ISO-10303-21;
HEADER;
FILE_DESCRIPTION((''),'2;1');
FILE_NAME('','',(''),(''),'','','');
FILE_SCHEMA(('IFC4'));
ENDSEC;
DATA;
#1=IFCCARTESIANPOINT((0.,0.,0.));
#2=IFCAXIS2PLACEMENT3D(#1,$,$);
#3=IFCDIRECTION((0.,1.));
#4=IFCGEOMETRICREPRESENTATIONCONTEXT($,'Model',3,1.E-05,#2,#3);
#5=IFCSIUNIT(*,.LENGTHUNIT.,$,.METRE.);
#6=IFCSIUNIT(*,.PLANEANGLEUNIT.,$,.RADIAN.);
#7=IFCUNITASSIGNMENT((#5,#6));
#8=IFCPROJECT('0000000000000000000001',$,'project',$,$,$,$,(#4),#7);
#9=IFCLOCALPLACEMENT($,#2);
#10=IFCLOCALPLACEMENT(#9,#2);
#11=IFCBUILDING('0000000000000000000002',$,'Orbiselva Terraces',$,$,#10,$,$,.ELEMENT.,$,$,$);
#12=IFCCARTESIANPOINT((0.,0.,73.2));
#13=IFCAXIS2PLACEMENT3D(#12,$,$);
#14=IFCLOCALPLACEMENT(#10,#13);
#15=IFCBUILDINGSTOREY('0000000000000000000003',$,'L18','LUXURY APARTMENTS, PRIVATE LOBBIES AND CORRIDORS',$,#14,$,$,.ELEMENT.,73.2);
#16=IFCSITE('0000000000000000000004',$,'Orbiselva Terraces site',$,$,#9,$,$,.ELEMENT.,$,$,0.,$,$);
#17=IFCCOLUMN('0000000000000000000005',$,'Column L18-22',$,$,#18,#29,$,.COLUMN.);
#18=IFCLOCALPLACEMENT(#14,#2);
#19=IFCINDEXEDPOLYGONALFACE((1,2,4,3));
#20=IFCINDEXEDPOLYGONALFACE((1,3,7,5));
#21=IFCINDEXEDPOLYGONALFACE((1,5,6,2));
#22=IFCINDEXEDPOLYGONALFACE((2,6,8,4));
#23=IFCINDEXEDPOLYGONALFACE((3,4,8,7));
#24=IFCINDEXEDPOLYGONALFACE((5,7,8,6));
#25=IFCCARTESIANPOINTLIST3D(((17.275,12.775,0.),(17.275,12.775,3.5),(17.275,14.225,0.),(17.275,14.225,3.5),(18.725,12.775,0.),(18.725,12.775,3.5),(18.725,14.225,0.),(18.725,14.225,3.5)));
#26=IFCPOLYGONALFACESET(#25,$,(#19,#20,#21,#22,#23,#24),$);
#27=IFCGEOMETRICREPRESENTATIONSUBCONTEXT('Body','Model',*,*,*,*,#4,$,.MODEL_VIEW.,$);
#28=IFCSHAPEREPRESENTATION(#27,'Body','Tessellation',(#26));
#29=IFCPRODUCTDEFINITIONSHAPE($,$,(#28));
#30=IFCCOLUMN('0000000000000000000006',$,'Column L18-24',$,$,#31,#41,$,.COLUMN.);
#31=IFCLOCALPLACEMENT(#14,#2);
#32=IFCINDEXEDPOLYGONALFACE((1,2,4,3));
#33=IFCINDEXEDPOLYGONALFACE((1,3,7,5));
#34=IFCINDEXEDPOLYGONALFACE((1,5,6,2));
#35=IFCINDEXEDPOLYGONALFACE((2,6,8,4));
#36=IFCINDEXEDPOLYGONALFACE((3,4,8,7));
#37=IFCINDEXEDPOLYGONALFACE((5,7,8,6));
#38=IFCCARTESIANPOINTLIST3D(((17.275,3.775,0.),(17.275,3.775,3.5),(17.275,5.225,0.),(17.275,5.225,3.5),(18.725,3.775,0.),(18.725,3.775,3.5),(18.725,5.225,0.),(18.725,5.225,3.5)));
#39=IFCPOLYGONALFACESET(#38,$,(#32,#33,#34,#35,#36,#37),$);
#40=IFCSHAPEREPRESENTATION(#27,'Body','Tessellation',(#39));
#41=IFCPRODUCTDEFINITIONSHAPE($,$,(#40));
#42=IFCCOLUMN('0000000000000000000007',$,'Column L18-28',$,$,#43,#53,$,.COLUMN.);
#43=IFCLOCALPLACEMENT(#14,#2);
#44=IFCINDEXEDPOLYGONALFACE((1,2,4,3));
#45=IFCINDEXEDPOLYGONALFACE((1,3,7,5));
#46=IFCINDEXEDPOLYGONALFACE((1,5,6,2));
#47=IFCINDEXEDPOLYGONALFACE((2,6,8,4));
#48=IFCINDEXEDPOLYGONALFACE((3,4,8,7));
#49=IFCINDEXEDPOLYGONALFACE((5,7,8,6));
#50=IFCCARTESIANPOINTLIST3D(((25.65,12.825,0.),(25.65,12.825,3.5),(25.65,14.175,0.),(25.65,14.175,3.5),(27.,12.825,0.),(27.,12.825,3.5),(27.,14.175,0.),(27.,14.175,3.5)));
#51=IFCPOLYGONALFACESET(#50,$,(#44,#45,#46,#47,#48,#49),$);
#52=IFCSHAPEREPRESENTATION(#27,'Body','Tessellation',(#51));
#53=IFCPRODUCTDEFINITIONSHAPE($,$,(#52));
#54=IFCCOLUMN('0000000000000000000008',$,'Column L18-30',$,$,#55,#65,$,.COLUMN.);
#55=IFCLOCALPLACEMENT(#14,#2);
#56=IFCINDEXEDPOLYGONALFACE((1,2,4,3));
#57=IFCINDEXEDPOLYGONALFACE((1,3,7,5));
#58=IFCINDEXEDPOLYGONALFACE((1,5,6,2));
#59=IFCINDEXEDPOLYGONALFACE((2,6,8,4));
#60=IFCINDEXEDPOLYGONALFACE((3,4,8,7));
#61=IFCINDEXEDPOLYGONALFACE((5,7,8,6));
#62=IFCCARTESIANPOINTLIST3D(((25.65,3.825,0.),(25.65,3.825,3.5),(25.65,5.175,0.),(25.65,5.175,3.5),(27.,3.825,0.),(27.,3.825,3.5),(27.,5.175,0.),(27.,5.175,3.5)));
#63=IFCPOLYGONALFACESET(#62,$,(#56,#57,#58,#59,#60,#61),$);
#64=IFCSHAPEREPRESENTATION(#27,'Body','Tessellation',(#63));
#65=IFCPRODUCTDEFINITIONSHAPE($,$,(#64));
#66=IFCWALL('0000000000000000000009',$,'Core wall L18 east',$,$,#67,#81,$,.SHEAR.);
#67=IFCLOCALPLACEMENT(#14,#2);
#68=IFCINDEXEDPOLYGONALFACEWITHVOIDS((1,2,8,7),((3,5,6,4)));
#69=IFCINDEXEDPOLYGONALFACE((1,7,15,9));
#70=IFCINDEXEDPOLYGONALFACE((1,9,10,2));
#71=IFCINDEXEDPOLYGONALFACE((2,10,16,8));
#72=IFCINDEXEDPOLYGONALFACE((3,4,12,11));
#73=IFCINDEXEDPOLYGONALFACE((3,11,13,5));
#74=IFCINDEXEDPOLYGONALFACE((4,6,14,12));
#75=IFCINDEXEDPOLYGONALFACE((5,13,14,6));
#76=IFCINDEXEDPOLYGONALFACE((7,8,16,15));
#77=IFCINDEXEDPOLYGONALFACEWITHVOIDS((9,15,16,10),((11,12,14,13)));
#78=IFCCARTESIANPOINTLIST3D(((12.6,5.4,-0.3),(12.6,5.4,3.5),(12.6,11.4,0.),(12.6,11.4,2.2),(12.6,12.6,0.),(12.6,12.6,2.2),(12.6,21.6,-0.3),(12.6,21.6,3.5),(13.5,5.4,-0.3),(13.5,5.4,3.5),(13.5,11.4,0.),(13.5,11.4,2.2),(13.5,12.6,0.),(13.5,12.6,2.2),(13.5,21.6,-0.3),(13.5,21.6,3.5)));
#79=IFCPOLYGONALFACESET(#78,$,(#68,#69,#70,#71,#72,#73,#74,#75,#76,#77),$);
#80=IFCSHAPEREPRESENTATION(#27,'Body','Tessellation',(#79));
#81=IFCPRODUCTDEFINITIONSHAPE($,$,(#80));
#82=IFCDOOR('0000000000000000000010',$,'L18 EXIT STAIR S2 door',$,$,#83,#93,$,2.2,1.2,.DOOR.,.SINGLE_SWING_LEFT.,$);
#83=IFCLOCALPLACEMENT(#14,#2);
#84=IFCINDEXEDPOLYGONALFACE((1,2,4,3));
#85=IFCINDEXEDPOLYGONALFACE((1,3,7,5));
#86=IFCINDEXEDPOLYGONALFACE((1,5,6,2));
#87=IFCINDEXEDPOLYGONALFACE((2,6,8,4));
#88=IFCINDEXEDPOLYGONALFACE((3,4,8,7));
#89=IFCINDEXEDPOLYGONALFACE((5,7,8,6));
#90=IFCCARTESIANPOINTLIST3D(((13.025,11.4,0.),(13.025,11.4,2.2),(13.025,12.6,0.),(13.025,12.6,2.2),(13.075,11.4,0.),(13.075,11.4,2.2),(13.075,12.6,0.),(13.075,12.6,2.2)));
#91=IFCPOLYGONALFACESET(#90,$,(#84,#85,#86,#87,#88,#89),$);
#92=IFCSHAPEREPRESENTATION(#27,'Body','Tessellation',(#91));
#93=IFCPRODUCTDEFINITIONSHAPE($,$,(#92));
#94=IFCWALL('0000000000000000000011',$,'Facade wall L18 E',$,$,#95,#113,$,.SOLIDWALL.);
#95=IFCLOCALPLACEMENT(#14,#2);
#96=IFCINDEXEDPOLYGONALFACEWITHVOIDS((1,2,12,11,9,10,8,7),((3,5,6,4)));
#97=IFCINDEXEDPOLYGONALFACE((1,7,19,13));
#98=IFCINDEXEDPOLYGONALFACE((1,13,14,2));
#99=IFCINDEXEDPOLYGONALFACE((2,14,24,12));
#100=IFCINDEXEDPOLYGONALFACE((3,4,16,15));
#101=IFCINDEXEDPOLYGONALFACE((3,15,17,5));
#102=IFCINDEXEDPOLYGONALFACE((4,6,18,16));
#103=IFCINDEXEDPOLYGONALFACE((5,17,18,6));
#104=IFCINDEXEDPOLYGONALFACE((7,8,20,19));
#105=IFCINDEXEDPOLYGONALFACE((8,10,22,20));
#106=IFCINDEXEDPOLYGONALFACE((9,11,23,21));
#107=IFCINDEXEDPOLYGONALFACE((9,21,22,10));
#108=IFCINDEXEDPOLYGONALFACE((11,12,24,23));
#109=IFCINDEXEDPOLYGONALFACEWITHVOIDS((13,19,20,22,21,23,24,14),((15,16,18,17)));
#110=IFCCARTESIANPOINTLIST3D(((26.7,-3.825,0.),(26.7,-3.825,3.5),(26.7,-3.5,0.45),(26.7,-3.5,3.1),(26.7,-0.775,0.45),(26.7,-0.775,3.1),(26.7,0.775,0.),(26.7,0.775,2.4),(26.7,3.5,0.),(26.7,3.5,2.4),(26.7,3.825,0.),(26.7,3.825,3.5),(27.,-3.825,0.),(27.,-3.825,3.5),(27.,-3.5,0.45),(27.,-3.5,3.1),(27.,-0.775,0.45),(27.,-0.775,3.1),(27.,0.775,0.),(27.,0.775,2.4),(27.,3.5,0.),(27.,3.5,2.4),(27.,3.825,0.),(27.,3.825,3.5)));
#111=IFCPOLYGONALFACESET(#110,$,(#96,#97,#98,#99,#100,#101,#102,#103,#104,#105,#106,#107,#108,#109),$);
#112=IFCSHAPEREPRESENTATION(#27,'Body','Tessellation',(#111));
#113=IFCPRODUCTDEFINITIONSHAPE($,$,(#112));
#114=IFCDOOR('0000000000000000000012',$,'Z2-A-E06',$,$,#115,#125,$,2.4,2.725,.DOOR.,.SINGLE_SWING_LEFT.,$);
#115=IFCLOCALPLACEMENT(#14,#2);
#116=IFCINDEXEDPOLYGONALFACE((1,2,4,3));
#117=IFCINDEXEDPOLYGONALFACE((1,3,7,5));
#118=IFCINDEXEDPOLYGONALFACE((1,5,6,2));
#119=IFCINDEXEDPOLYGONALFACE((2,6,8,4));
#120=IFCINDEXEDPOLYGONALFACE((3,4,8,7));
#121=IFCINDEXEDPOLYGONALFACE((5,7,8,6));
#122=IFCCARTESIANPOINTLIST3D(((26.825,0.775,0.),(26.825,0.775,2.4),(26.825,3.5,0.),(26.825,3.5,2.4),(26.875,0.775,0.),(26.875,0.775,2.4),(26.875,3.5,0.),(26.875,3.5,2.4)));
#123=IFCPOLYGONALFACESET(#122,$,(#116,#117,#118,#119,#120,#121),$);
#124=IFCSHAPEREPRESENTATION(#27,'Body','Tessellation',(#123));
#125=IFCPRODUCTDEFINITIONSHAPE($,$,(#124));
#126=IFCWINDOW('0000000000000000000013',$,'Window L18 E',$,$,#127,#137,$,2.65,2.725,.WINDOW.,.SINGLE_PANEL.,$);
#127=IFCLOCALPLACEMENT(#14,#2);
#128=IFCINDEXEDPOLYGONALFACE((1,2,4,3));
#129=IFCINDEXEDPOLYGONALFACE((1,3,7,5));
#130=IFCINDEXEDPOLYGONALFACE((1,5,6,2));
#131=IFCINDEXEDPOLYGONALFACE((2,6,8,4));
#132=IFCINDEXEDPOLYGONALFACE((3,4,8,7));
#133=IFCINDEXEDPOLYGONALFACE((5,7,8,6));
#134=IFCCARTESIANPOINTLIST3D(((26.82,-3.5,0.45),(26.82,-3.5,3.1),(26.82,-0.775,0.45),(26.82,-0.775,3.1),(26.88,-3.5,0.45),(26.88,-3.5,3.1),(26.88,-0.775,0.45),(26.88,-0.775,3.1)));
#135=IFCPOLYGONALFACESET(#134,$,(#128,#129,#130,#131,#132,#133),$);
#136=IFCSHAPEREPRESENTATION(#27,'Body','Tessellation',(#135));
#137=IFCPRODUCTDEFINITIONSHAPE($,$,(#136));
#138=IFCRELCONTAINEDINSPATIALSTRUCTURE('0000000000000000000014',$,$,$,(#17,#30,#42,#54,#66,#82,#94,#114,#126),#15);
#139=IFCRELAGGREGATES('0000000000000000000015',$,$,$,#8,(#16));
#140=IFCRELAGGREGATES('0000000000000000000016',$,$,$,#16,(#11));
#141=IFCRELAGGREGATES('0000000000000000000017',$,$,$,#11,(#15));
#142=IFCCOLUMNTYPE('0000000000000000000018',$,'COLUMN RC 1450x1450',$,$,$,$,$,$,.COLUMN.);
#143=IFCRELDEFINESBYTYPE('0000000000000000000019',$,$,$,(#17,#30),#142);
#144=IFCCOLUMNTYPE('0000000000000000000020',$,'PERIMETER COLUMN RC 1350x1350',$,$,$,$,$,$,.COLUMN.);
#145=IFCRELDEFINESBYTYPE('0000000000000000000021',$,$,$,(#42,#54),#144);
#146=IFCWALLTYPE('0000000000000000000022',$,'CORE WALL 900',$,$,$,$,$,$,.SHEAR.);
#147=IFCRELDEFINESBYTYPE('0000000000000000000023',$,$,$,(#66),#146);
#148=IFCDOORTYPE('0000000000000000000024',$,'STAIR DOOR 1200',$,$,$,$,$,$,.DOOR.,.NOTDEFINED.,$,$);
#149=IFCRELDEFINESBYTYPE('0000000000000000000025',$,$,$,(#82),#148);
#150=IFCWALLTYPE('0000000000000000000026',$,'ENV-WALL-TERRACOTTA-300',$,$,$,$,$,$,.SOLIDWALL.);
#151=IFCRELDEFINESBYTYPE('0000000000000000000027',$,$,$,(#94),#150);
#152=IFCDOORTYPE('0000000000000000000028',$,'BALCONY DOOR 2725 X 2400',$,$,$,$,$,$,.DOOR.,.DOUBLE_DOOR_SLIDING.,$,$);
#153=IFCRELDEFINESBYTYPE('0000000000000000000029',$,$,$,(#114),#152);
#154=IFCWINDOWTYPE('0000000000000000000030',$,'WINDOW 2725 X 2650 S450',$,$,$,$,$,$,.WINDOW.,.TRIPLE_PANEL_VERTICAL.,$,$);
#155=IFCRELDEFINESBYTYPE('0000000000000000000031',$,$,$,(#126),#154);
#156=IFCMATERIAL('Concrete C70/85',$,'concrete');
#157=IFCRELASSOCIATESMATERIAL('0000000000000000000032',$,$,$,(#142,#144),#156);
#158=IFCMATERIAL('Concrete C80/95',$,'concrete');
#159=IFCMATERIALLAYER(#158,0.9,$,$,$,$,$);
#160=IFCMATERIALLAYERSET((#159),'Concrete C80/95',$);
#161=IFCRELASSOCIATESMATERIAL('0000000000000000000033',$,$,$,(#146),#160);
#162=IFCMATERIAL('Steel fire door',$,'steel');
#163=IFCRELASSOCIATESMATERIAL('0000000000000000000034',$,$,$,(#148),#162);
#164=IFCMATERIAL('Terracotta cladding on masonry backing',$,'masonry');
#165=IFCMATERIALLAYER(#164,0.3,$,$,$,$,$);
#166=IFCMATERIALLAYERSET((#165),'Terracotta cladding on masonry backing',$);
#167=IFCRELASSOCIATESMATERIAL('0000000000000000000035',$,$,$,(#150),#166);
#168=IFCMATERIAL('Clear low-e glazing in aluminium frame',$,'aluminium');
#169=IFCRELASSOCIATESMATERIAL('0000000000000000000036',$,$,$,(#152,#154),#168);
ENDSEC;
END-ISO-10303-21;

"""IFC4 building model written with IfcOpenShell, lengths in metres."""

from ifc_helpers import new_model, si_unit, direction, frame, frame_2d, origin, origin_2d, place, context, subcontext, project, spatial, rectangle, extrude, material, layer, layer_set, material_profile, profile_set, type_object, element, fill, save


model = new_model("IFC4")

# Units and contexts
model_context = context("Model", 3, precision=1e-05, world=origin(), true_north=direction((0.0, 1.0)))
body_context = subcontext(model_context, "Body", "Model", "MODEL_VIEW")
ifc_project = project(units=[si_unit("LENGTHUNIT", "METRE"), si_unit("PLANEANGLEUNIT", "RADIAN")], contexts=[model_context])

# Site, building, storey
site_placement = place(None, origin())
site = spatial("IfcSite", under=ifc_project, at=site_placement, Name="Orbiselva Terraces site", CompositionType="ELEMENT", RefElevation=0.0)
building_placement = place(site_placement, origin())
building = spatial("IfcBuilding", under=site, at=building_placement, Name="Orbiselva Terraces", CompositionType="ELEMENT")
storey_placement = place(building_placement, frame((0.0, 0.0, 73.2)))
storey = spatial("IfcBuildingStorey", under=building, at=storey_placement, Name="L18", Description="LUXURY APARTMENTS, PRIVATE LOBBIES AND CORRIDORS", CompositionType="ELEMENT", Elevation=73.2)

# Columns
ifc_material_1 = material(Name="Concrete C70/85", Category="concrete")
ifc_material_profile_1 = material_profile(ifc_material_1, rectangle(XDim=1.45, YDim=1.45, at=origin_2d()), Name="RC 1450x1450")
ifc_profile_set_1 = profile_set([ifc_material_profile_1], Name="Concrete C70/85")
column_type_1 = type_object("IfcColumnType", Name="COLUMN RC 1450x1450", PredefinedType="COLUMN", material=ifc_profile_set_1)
for number, where, z_axis, x_axis, name in (
    (1, (18.0, 13.5, 0.0), (0.0, 0.0, 1.0), (1.0, 0.0, 0.0), "Column L18-22"),
    (2, (18.0, 4.5, 0.0), (0.0, 0.0, 1.0), (1.0, 0.0, 0.0), "Column L18-24"),
):
    element("IfcColumn", number, at=place(storey_placement, frame(where, z_axis=z_axis, x_axis=x_axis)), inside=storey, type_object=column_type_1, Name=name, PredefinedType="COLUMN", context=body_context, shape_type="SweptSolid", body=[
        extrude(rectangle(XDim=1.45, YDim=1.45, at=origin_2d()), origin(), (0.0, 0.0, 1.0), 3.5),
    ])
ifc_material_profile_2 = material_profile(ifc_material_1, rectangle(XDim=1.35, YDim=1.35, at=origin_2d()), Name="RC 1350x1350")
ifc_profile_set_2 = profile_set([ifc_material_profile_2], Name="Concrete C70/85")
column_type_2 = type_object("IfcColumnType", Name="PERIMETER COLUMN RC 1350x1350", PredefinedType="COLUMN", material=ifc_profile_set_2)
for number, where, z_axis, x_axis, name in (
    (3, (26.325, 13.5, 0.0), (0.0, 0.0, 1.0), (1.0, 0.0, 0.0), "Column L18-28"),
    (4, (26.325, 4.5, 0.0), (0.0, 0.0, 1.0), (1.0, 0.0, 0.0), "Column L18-30"),
):
    element("IfcColumn", number, at=place(storey_placement, frame(where, z_axis=z_axis, x_axis=x_axis)), inside=storey, type_object=column_type_2, Name=name, PredefinedType="COLUMN", context=body_context, shape_type="SweptSolid", body=[
        extrude(rectangle(XDim=1.35, YDim=1.35, at=origin_2d()), origin(), (0.0, 0.0, 1.0), 3.5),
    ])

# Wall, opening, door
ifc_material_2 = material(Name="Concrete C80/95", Category="concrete")
ifc_layer_1 = layer(ifc_material_2, 0.9)
ifc_layer_set_1 = layer_set([ifc_layer_1], Name="Concrete C80/95")
wall_type_1 = type_object("IfcWallType", Name="CORE WALL 900", PredefinedType="SHEAR", material=ifc_layer_set_1)
wall_1_placement = place(storey_placement, frame((13.05, 5.4, -0.3), z_axis=(0.0, 0.0, 1.0), x_axis=(0.0, 1.0, 0.0)))
wall_1 = element("IfcWall", 5, at=wall_1_placement, inside=storey, type_object=wall_type_1, Name="Core wall L18 east", PredefinedType="SHEAR", context=body_context, shape_type="SweptSolid", body=[
    extrude(rectangle(XDim=16.2, YDim=0.9, at=frame_2d((8.1, 0.0))), origin(), (0.0, 0.0, 1.0), 3.8),
])
opening_1_placement = place(wall_1_placement, frame((6.0, 0.0, 0.3)))
opening_1 = element("IfcOpeningElement", 6, at=opening_1_placement, cuts=wall_1, PredefinedType="OPENING", context=body_context, shape_type="SweptSolid", body=[
    extrude(rectangle(XDim=1.2, YDim=2.2, at=frame_2d((0.6, 1.1))), frame((0.0, 0.46, 0.0), z_axis=(0.0, -1.0, 0.0), x_axis=(1.0, 0.0, 0.0)), (0.0, 0.0, 1.0), 0.92),
])
ifc_material_3 = material(Name="Steel fire door", Category="steel")
door_type_1 = type_object("IfcDoorType", Name="STAIR DOOR 1200", OperationType="NOTDEFINED", PredefinedType="DOOR", material=ifc_material_3)
door_1_placement = place(opening_1_placement, frame((1.2, 0.0, 0.0), z_axis=(0.0, 0.0, 1.0), x_axis=(-1.0, 0.0, 0.0)))
door_1 = element("IfcDoor", 7, at=door_1_placement, inside=storey, type_object=door_type_1, Name="L18 EXIT STAIR S2 door", OperationType="SINGLE_SWING_LEFT", OverallHeight=2.2, OverallWidth=1.2, PredefinedType="DOOR", context=body_context, shape_type="SweptSolid", body=[
    extrude(rectangle(XDim=1.2, YDim=2.2, at=frame_2d((0.6, 1.1))), frame((0.0, 0.025, 0.0), z_axis=(0.0, -1.0, 0.0), x_axis=(1.0, 0.0, 0.0)), (0.0, 0.0, 1.0), 0.05),
])
fill(opening_1, door_1)

# Wall, openings, door, window
ifc_material_4 = material(Name="Terracotta cladding on masonry backing", Category="masonry")
ifc_layer_2 = layer(ifc_material_4, 0.3)
ifc_layer_set_2 = layer_set([ifc_layer_2], Name="Terracotta cladding on masonry backing")
wall_type_2 = type_object("IfcWallType", Name="ENV-WALL-TERRACOTTA-300", PredefinedType="SOLIDWALL", material=ifc_layer_set_2)
wall_2_placement = place(storey_placement, frame((26.85, 3.825, 0.0), z_axis=(0.0, 0.0, 1.0), x_axis=(0.0, -1.0, 0.0)))
wall_2 = element("IfcWall", 8, at=wall_2_placement, inside=storey, type_object=wall_type_2, Name="Facade wall L18 E", PredefinedType="SOLIDWALL", context=body_context, shape_type="SweptSolid", body=[
    extrude(rectangle(XDim=7.65, YDim=0.3, at=frame_2d((3.825, 0.0))), origin(), (0.0, 0.0, 1.0), 3.5),
])
opening_2_placement = place(wall_2_placement, frame((4.6, 0.0, 0.45)))
opening_2 = element("IfcOpeningElement", 9, at=opening_2_placement, cuts=wall_2, PredefinedType="OPENING", context=body_context, shape_type="SweptSolid", body=[
    extrude(rectangle(XDim=2.725, YDim=2.65, at=frame_2d((1.3625, 1.325))), frame((0.0, 0.16, 0.0), z_axis=(0.0, -1.0, 0.0), x_axis=(1.0, 0.0, 0.0)), (0.0, 0.0, 1.0), 0.32),
])
opening_3_placement = place(wall_2_placement, frame((0.325, 0.0, 0.0)))
opening_3 = element("IfcOpeningElement", 10, at=opening_3_placement, cuts=wall_2, PredefinedType="OPENING", context=body_context, shape_type="SweptSolid", body=[
    extrude(rectangle(XDim=2.725, YDim=2.4, at=frame_2d((1.3625, 1.2))), frame((0.0, 0.16, 0.0), z_axis=(0.0, -1.0, 0.0), x_axis=(1.0, 0.0, 0.0)), (0.0, 0.0, 1.0), 0.32),
])
ifc_material_5 = material(Name="Clear low-e glazing in aluminium frame", Category="aluminium")
door_type_2 = type_object("IfcDoorType", Name="BALCONY DOOR 2725 X 2400", OperationType="DOUBLE_DOOR_SLIDING", PredefinedType="DOOR", material=ifc_material_5)
door_2_placement = place(opening_3_placement, origin())
door_2 = element("IfcDoor", 11, at=door_2_placement, inside=storey, type_object=door_type_2, Name="Z2-A-E06", OperationType="SINGLE_SWING_LEFT", OverallHeight=2.4, OverallWidth=2.725, PredefinedType="DOOR", context=body_context, shape_type="SweptSolid", body=[
    extrude(rectangle(XDim=2.725, YDim=2.4, at=frame_2d((1.3625, 1.2))), frame((0.0, 0.025, 0.0), z_axis=(0.0, -1.0, 0.0), x_axis=(1.0, 0.0, 0.0)), (0.0, 0.0, 1.0), 0.05),
])
fill(opening_3, door_2)
window_type = type_object("IfcWindowType", Name="WINDOW 2725 X 2650 S450", PartitioningType="TRIPLE_PANEL_VERTICAL", PredefinedType="WINDOW", material=ifc_material_5)
window_1_placement = place(opening_2_placement, origin())
window_1 = element("IfcWindow", 12, at=window_1_placement, inside=storey, type_object=window_type, Name="Window L18 E", OverallHeight=2.65, OverallWidth=2.725, PartitioningType="SINGLE_PANEL", PredefinedType="WINDOW", context=body_context, shape_type="SweptSolid", body=[
    extrude(rectangle(XDim=2.725, YDim=2.65, at=frame_2d((1.3625, 1.325))), frame((0.0, 0.03, 0.0), z_axis=(0.0, -1.0, 0.0), x_axis=(1.0, 0.0, 0.0)), (0.0, 0.0, 1.0), 0.06),
])
fill(opening_2, window_1)

save(model, "model.ifc")
